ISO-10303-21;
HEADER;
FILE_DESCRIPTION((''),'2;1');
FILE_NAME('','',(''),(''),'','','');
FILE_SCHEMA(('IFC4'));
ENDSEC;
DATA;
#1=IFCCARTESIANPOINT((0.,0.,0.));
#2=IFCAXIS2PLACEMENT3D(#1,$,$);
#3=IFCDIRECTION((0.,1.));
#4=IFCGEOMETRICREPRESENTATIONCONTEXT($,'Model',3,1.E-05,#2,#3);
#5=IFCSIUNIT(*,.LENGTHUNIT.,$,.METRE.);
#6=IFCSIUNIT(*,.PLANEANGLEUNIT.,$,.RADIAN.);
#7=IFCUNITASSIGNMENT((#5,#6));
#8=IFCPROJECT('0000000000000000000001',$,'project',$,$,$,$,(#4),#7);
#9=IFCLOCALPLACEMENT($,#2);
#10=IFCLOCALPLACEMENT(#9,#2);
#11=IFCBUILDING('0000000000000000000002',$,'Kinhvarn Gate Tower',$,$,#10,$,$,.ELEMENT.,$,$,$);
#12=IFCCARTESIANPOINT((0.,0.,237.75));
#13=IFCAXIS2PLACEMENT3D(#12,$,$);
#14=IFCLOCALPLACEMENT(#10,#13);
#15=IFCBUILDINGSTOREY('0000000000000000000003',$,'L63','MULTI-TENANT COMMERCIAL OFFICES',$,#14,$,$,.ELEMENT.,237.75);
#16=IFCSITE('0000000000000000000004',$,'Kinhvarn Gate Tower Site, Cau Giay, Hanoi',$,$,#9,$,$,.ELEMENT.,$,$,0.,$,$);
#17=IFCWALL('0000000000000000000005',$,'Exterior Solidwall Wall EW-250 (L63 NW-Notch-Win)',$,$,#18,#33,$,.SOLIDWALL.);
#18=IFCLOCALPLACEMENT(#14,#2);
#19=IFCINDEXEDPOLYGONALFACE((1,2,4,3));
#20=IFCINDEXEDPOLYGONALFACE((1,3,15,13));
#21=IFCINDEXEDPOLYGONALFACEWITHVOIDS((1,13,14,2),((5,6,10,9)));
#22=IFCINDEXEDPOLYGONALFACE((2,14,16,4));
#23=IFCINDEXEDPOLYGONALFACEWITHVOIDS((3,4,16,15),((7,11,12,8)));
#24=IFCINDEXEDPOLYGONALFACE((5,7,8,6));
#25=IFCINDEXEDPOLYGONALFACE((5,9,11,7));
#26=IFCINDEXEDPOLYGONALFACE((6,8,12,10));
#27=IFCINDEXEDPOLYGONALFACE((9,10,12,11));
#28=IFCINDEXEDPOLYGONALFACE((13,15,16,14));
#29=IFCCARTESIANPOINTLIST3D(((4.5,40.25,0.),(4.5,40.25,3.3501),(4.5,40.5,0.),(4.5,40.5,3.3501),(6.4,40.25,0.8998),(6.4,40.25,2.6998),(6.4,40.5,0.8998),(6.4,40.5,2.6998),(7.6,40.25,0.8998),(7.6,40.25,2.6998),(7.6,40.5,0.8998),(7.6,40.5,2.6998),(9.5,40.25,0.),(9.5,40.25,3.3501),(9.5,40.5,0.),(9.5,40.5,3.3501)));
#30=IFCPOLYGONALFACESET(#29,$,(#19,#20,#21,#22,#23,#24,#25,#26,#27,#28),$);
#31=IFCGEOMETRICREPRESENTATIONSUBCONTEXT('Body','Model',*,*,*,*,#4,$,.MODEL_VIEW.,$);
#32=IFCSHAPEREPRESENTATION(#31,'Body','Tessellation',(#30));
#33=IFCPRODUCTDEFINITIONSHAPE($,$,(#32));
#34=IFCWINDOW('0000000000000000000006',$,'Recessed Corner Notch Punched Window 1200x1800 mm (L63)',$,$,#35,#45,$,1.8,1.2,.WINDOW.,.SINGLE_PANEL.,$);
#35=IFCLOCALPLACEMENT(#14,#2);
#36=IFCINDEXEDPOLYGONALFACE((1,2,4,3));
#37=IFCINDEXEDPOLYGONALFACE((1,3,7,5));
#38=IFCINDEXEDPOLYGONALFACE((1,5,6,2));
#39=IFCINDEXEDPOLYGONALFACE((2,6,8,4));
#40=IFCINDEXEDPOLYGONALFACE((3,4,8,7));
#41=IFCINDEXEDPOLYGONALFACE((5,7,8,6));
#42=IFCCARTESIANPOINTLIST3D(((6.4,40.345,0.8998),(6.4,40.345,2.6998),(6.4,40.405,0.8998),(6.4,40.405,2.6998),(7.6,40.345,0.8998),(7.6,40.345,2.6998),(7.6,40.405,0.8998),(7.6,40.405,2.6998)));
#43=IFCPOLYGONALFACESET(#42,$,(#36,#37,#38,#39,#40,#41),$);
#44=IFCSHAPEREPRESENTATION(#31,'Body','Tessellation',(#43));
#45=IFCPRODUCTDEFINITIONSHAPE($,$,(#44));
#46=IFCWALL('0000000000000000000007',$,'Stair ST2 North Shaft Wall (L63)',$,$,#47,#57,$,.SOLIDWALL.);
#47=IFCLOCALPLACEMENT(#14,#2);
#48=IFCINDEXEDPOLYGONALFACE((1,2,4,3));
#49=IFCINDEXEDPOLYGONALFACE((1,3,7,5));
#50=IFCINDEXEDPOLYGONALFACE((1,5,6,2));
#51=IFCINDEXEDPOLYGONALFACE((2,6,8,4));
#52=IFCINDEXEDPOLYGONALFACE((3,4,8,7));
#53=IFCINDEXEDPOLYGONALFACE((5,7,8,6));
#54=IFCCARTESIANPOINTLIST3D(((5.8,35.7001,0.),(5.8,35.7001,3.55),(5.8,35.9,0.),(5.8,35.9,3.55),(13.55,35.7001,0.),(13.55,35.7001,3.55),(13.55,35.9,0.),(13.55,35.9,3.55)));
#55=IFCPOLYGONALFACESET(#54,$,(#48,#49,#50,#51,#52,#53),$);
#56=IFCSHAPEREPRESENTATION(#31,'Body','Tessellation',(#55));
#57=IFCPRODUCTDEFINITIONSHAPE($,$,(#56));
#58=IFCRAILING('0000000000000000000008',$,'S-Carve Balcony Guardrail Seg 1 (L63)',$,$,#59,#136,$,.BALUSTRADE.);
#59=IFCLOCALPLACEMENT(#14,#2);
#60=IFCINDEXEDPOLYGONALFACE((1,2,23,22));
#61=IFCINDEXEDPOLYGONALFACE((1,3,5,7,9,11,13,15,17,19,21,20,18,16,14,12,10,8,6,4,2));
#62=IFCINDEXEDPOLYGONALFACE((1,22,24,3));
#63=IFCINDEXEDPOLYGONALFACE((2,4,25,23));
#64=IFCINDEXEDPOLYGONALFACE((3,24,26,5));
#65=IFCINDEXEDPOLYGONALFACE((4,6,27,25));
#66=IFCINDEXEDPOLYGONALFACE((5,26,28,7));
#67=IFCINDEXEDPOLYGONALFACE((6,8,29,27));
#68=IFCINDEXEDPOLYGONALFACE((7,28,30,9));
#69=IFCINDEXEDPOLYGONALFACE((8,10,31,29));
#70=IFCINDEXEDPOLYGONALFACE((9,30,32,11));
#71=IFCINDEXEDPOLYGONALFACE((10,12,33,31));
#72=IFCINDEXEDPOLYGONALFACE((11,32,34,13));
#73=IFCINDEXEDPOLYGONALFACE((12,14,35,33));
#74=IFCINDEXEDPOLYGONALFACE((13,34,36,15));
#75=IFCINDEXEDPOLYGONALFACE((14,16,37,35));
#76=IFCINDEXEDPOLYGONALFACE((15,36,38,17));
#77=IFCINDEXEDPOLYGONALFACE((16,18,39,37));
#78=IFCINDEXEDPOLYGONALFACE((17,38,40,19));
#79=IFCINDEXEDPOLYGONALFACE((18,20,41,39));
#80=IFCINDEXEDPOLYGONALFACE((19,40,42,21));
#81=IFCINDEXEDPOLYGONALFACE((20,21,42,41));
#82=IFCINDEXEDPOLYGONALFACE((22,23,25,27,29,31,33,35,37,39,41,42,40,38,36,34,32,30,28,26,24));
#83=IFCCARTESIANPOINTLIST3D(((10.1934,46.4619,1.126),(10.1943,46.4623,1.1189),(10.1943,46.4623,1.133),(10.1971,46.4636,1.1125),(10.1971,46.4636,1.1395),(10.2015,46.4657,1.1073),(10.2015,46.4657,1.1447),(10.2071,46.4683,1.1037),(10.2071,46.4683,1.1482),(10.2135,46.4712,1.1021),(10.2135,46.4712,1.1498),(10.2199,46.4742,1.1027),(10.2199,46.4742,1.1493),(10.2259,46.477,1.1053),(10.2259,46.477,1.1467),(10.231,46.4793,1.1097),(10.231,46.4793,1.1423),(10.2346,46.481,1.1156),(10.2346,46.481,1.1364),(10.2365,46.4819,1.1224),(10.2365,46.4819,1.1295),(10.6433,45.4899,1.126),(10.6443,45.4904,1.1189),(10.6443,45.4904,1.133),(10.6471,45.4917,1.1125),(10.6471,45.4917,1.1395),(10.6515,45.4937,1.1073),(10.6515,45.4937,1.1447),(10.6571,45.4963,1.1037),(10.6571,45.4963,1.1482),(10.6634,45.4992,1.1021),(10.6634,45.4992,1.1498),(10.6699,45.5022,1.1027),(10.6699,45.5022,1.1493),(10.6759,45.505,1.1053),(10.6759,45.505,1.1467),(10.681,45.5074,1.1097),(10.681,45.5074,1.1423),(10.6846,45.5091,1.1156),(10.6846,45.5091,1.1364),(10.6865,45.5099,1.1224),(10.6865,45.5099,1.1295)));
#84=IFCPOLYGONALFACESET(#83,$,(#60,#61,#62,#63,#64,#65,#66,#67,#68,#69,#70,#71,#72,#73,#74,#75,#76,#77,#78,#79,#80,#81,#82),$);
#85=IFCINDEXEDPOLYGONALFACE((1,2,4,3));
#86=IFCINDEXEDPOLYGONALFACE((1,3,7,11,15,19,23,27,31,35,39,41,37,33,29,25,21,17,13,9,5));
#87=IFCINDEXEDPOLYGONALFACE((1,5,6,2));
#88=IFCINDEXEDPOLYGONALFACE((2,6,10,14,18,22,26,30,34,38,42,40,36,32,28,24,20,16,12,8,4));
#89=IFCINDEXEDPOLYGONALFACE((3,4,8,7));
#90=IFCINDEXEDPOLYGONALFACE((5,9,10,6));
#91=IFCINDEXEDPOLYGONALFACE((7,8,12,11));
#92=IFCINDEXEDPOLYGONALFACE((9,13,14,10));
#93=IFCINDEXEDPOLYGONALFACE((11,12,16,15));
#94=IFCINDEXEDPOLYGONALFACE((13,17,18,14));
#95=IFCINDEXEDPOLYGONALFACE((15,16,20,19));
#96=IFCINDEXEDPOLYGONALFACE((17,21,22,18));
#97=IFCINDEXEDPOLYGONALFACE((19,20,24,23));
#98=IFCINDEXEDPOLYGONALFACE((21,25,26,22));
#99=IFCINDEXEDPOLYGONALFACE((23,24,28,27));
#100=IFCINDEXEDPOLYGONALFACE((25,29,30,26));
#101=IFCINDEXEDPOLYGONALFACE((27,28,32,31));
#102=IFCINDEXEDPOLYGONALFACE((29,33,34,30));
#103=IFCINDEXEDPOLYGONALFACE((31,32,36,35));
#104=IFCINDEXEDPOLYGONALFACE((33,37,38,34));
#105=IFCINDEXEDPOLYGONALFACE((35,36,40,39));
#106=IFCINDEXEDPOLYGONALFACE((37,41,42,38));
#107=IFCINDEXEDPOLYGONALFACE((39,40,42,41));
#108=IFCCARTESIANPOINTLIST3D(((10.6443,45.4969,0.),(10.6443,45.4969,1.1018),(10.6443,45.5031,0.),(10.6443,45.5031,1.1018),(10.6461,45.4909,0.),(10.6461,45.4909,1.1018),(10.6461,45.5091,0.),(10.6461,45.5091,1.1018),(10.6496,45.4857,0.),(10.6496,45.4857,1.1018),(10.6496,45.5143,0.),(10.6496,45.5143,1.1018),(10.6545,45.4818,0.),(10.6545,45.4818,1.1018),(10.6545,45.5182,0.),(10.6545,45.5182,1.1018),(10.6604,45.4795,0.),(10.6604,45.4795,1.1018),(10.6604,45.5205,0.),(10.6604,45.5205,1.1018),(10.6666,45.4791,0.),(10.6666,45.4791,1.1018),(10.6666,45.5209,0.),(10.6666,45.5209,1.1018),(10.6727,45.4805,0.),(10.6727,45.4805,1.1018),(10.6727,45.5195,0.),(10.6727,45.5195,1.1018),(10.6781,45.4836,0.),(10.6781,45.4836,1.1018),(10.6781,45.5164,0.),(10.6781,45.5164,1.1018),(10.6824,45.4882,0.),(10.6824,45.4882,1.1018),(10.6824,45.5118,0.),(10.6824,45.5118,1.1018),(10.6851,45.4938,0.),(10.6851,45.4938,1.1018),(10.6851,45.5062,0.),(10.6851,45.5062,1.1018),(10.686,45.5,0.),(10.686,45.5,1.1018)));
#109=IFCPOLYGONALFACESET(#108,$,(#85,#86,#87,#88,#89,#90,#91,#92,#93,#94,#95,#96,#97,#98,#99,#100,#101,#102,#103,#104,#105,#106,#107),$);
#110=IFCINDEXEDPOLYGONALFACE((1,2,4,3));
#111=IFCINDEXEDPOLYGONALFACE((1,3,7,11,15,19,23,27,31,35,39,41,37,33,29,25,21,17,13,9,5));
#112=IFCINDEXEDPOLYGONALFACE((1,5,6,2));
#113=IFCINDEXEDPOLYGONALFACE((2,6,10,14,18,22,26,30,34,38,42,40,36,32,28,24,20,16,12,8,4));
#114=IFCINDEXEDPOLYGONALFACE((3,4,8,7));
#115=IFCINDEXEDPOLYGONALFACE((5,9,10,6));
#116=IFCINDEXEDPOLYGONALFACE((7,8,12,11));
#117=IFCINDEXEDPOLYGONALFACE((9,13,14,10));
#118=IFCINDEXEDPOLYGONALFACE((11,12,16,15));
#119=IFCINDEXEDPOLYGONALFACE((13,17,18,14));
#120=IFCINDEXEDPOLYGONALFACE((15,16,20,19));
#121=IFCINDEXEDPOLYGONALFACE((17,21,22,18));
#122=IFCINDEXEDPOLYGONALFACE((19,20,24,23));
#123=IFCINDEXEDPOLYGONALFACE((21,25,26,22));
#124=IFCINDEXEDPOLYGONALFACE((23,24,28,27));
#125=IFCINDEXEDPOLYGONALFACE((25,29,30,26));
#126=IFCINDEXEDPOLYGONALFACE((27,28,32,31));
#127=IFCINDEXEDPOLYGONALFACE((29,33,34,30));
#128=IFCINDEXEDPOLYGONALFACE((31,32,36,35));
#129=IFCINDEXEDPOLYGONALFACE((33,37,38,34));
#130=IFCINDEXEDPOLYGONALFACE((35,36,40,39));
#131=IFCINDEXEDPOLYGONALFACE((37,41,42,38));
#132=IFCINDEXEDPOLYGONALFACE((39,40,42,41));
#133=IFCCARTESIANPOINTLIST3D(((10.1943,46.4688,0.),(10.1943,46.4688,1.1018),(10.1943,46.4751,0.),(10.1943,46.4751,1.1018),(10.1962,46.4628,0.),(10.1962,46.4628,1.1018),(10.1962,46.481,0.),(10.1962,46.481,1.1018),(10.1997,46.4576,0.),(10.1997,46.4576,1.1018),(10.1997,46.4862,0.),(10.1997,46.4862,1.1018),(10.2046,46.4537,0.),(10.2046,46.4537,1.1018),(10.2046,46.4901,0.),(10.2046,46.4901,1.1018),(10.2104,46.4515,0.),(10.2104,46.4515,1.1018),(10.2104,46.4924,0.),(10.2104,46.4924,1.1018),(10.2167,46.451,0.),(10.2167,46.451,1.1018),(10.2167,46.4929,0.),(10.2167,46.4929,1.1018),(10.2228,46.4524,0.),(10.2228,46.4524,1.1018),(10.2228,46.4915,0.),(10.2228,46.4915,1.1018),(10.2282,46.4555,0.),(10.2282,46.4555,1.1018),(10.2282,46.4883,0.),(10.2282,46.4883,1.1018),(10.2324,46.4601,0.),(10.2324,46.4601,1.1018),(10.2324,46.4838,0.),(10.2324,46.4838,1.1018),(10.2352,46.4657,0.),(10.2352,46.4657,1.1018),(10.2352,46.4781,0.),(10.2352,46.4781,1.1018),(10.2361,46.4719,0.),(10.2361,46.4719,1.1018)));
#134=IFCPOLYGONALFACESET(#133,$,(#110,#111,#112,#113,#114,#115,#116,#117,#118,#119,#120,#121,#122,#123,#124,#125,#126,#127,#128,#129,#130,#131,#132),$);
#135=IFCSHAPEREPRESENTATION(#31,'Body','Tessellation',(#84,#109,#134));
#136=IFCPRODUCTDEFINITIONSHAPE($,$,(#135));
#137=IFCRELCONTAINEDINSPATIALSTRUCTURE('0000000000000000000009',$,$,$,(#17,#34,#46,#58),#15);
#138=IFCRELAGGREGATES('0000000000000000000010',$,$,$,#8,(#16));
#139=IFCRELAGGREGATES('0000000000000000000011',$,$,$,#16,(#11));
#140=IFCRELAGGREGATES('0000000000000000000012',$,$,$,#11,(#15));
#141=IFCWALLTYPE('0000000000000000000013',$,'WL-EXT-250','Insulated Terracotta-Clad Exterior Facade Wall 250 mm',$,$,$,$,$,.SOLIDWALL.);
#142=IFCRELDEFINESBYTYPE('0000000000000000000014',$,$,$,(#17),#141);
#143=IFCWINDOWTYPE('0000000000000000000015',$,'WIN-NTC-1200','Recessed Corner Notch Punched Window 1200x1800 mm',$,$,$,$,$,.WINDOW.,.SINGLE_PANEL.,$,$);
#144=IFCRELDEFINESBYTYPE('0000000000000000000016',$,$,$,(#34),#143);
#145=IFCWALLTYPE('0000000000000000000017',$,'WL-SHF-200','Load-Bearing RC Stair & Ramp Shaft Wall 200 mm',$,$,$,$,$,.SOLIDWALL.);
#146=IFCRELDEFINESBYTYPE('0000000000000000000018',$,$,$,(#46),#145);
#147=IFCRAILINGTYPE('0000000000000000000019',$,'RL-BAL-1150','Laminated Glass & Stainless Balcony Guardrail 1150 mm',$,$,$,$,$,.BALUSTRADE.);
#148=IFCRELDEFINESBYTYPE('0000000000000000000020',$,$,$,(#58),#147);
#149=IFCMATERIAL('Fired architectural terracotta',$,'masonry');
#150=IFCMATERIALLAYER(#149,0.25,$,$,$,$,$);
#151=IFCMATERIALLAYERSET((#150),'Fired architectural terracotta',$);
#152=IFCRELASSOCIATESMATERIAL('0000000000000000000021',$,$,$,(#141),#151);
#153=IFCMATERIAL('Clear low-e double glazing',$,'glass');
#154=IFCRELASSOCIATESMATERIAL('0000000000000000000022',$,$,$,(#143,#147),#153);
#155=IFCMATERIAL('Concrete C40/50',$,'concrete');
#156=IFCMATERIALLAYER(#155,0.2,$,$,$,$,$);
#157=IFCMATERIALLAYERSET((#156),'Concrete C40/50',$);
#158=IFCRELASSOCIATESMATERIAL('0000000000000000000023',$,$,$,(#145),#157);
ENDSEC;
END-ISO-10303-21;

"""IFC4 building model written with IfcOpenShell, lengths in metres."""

from ifc_helpers import new_model, si_unit, direction, frame, frame_2d, origin, origin_2d, place, context, subcontext, project, spatial, rectangle, circle, extrude, material, layer, layer_set, type_object, element, fill, save


model = new_model("IFC4")

# Units and contexts
model_context = context("Model", 3, precision=1e-05, world=origin(), true_north=direction((0.0, 1.0)))
body_context = subcontext(model_context, "Body", "Model", "MODEL_VIEW")
ifc_project = project(units=[si_unit("LENGTHUNIT", "METRE"), si_unit("PLANEANGLEUNIT", "RADIAN")], contexts=[model_context])

# Site, building, storey
site_placement = place(None, origin())
site = spatial("IfcSite", under=ifc_project, at=site_placement, Name="Kinhvarn Gate Tower Site, Cau Giay, Hanoi", CompositionType="ELEMENT", RefElevation=0.0)
building_placement = place(site_placement, origin())
building = spatial("IfcBuilding", under=site, at=building_placement, Name="Kinhvarn Gate Tower", CompositionType="ELEMENT")
storey_placement = place(building_placement, frame((0.0, 0.0, 237.75)))
storey = spatial("IfcBuildingStorey", under=building, at=storey_placement, Name="L63", Description="MULTI-TENANT COMMERCIAL OFFICES", CompositionType="ELEMENT", Elevation=237.75)

# Shared definitions
ifc_material_1 = material(Name="Fired architectural terracotta", Category="masonry")
ifc_layer_1 = layer(ifc_material_1, 0.25)
ifc_layer_set_1 = layer_set([ifc_layer_1], Name="Fired architectural terracotta")
wall_type_1 = type_object("IfcWallType", Name="WL-EXT-250", Description="Insulated Terracotta-Clad Exterior Facade Wall 250 mm", PredefinedType="SOLIDWALL", material=ifc_layer_set_1)
ifc_material_2 = material(Name="Clear low-e double glazing", Category="glass")

# Wall, opening, window
wall_1_placement = place(storey_placement, frame((9.5, 40.375, 0.0), z_axis=(0.0, 0.0, 1.0), x_axis=(-1.0, 0.0, 0.0)))
wall_1 = element("IfcWall", 1, at=wall_1_placement, inside=storey, type_object=wall_type_1, Name="Exterior Solidwall Wall EW-250 (L63 NW-Notch-Win)", PredefinedType="SOLIDWALL", context=body_context, shape_type="SweptSolid", body=[
    extrude(rectangle(XDim=5.0, YDim=0.25, at=frame_2d((2.5, 0.0))), origin(), (0.0, 0.0, 1.0), 3.3501),
])
opening_1_placement = place(wall_1_placement, frame((1.8999, 0.0, 0.8999)))
opening_1 = element("IfcOpeningElement", 2, at=opening_1_placement, cuts=wall_1, PredefinedType="OPENING", context=body_context, shape_type="SweptSolid", body=[
    extrude(rectangle(XDim=1.2, YDim=1.8, at=frame_2d((0.6001, 0.8999))), frame((0.0, 0.135, 0.0), z_axis=(0.0, -1.0, 0.0), x_axis=(1.0, 0.0, 0.0)), (0.0, 0.0, 1.0), 0.27),
])
window_type_1 = type_object("IfcWindowType", Name="WIN-NTC-1200", Description="Recessed Corner Notch Punched Window 1200x1800 mm", PartitioningType="SINGLE_PANEL", PredefinedType="WINDOW", material=ifc_material_2)
window_1_placement = place(opening_1_placement, origin())
window_1 = element("IfcWindow", 3, at=window_1_placement, inside=storey, type_object=window_type_1, Name="Recessed Corner Notch Punched Window 1200x1800 mm (L63)", OverallHeight=1.8, OverallWidth=1.2, PartitioningType="SINGLE_PANEL", PredefinedType="WINDOW", context=body_context, shape_type="SweptSolid", body=[
    extrude(rectangle(XDim=1.2, YDim=1.8, at=frame_2d((0.6001, 0.8999))), frame((0.0, 0.03, 0.0), z_axis=(0.0, -1.0, 0.0), x_axis=(1.0, 0.0, 0.0)), (0.0, 0.0, 1.0), 0.0601),
])
fill(opening_1, window_1)

# Wall
ifc_material_3 = material(Name="Concrete C40/50", Category="concrete")
ifc_layer_2 = layer(ifc_material_3, 0.2)
ifc_layer_set_2 = layer_set([ifc_layer_2], Name="Concrete C40/50")
wall_type_2 = type_object("IfcWallType", Name="WL-SHF-200", Description="Load-Bearing RC Stair & Ramp Shaft Wall 200 mm", PredefinedType="SOLIDWALL", material=ifc_layer_set_2)
wall_2_placement = place(storey_placement, frame((5.8, 35.8, 0.0), z_axis=(0.0, 0.0, 1.0), x_axis=(1.0, 0.0, 0.0)))
element("IfcWall", 4, at=wall_2_placement, inside=storey, type_object=wall_type_2, Name="Stair ST2 North Shaft Wall (L63)", PredefinedType="SOLIDWALL", context=body_context, shape_type="SweptSolid", body=[
    extrude(rectangle(XDim=7.75, YDim=0.2, at=frame_2d((3.875, 0.0))), origin(), (0.0, 0.0, 1.0), 3.55),
])

# Railing
railing_type = type_object("IfcRailingType", Name="RL-BAL-1150", Description="Laminated Glass & Stainless Balcony Guardrail 1150 mm", PredefinedType="BALUSTRADE", material=ifc_material_2)
railing_1_placement = place(storey_placement, frame((10.665, 45.5, 0.0)))
element("IfcRailing", 5, at=railing_1_placement, inside=storey, type_object=railing_type, Name="S-Carve Balcony Guardrail Seg 1 (L63)", PredefinedType="BALUSTRADE", context=body_context, shape_type="SweptSolid", body=[
    extrude(circle(Radius=0.0239, at=origin_2d()), frame((0.0, 0.0, 1.126), z_axis=(-0.420113, 0.907472, 0.0), x_axis=(-0.907472, -0.420113, 0.0)), (0.0, 0.0, 1.0), 1.071),
    extrude(circle(Radius=0.021, at=origin_2d()), origin(), (0.0, 0.0, 1.0), 1.1018),
    extrude(circle(Radius=0.021, at=origin_2d()), frame((-0.45, 0.9719, 0.0)), (0.0, 0.0, 1.0), 1.1018),
])

save(model, "model.ifc")
